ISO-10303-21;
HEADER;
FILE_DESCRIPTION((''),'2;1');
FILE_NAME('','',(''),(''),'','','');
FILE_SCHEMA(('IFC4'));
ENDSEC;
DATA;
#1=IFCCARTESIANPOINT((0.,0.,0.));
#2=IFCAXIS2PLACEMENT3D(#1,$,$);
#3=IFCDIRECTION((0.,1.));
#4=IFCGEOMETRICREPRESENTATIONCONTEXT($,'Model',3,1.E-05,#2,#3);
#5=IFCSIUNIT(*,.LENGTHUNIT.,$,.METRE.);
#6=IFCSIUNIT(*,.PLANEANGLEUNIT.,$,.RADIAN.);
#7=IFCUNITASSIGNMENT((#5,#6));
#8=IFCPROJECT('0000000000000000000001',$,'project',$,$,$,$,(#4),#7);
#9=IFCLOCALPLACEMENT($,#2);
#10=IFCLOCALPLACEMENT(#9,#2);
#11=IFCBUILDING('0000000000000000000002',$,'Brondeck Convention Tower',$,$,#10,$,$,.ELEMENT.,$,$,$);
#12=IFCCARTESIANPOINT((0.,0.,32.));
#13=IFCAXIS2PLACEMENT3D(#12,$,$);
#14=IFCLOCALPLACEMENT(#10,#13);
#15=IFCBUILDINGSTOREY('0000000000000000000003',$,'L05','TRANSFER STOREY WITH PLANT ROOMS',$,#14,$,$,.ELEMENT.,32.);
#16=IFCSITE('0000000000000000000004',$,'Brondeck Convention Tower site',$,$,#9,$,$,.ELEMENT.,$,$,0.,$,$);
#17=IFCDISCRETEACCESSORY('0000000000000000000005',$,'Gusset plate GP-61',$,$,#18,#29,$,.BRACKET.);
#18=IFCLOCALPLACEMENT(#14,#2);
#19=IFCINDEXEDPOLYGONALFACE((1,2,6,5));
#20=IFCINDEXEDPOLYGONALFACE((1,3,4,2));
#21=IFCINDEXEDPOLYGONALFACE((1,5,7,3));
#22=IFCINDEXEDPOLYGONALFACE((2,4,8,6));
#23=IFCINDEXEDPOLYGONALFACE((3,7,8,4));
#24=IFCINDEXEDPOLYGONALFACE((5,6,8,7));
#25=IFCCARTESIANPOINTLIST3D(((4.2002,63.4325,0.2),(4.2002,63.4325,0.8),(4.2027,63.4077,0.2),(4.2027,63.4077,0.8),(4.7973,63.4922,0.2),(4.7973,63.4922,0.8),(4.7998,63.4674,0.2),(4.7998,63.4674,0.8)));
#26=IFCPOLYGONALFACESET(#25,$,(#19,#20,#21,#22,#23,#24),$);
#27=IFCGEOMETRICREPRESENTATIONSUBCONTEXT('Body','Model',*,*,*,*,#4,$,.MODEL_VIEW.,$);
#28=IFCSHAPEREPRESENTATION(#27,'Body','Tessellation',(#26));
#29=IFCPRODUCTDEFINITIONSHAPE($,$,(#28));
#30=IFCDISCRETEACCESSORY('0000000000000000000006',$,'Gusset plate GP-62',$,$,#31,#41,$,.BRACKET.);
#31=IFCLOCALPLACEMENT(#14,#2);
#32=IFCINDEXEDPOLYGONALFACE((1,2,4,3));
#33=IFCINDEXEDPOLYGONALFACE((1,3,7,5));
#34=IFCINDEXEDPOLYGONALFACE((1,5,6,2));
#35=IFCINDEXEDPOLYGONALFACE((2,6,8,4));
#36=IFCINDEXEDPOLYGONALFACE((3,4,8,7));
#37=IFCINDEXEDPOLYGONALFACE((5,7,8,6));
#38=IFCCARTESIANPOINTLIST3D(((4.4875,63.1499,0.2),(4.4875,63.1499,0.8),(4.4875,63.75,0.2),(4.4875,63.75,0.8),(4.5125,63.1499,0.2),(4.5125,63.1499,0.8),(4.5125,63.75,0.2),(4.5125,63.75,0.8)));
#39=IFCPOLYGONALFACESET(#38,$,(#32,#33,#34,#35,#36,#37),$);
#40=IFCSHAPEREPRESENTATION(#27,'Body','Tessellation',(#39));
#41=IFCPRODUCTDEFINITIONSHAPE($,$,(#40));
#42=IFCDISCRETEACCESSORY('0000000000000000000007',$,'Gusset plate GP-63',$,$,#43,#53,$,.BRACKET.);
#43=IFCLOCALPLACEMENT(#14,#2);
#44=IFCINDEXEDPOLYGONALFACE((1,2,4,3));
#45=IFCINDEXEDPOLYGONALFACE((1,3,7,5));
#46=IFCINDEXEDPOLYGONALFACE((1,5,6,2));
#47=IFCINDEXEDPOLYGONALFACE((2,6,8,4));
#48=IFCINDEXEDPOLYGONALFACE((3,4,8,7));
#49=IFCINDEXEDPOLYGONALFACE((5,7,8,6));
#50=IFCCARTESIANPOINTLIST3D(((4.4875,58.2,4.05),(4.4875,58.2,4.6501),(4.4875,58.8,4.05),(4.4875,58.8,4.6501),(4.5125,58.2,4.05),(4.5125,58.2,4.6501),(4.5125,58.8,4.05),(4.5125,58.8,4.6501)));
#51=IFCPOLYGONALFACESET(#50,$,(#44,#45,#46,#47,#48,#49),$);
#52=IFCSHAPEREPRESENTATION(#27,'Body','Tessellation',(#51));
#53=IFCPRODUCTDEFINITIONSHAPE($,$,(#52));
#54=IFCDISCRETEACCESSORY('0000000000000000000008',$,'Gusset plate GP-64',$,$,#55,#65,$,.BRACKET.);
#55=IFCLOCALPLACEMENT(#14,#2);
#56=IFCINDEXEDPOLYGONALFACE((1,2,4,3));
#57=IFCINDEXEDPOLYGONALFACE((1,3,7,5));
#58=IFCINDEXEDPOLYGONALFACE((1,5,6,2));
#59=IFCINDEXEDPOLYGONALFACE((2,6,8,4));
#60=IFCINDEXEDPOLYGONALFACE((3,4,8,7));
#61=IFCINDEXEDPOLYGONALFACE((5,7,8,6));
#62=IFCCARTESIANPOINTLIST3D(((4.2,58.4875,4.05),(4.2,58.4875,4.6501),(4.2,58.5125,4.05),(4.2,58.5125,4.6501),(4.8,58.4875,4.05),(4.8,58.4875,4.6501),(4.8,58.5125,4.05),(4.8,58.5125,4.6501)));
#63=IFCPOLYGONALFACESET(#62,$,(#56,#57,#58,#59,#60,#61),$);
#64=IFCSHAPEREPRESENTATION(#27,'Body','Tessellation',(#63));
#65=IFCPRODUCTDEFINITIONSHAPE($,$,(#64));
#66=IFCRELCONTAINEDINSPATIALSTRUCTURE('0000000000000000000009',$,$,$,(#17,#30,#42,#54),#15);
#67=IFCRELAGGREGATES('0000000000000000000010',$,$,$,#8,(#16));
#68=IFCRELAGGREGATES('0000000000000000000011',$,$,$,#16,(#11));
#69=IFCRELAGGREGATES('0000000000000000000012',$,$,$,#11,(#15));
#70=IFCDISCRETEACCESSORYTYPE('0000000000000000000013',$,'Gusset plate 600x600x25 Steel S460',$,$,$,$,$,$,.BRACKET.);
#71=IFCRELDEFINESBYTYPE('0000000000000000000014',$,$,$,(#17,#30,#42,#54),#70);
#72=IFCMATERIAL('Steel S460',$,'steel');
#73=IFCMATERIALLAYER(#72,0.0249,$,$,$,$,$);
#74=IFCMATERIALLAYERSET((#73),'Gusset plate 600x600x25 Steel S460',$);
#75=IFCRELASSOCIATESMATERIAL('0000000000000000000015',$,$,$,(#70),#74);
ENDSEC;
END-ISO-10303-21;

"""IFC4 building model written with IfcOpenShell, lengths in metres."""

from ifc_helpers import new_model, si_unit, direction, frame, origin, origin_2d, place, context, subcontext, project, spatial, rectangle, extrude, material, layer, layer_set, type_object, element, save


model = new_model("IFC4")

# Units and contexts
model_context = context("Model", 3, precision=1e-05, world=origin(), true_north=direction((0.0, 1.0)))
body_context = subcontext(model_context, "Body", "Model", "MODEL_VIEW")
ifc_project = project(units=[si_unit("LENGTHUNIT", "METRE"), si_unit("PLANEANGLEUNIT", "RADIAN")], contexts=[model_context])

# Site, building, storey
site_placement = place(None, origin())
site = spatial("IfcSite", under=ifc_project, at=site_placement, Name="Brondeck Convention Tower site", CompositionType="ELEMENT", RefElevation=0.0)
building_placement = place(site_placement, origin())
building = spatial("IfcBuilding", under=site, at=building_placement, Name="Brondeck Convention Tower", CompositionType="ELEMENT")
storey_placement = place(building_placement, frame((0.0, 0.0, 32.0)))
storey = spatial("IfcBuildingStorey", under=building, at=storey_placement, Name="L05", Description="TRANSFER STOREY WITH PLANT ROOMS", CompositionType="ELEMENT", Elevation=32.0)

# Shared definitions
ifc_material_1 = material(Name="Steel S460", Category="steel")

# Discrete accessories
ifc_layer_1 = layer(ifc_material_1, 0.0249)
ifc_layer_set_1 = layer_set([ifc_layer_1], Name="Gusset plate 600x600x25 Steel S460")
discrete_accessory_type = type_object("IfcDiscreteAccessoryType", Name="Gusset plate 600x600x25 Steel S460", PredefinedType="BRACKET", material=ifc_layer_set_1)
for number, where, z_axis, x_axis, name in (
    (1, (4.5, 63.45, 0.2), (0.0, 0.0, 1.0), (0.995036, 0.099511, 0.0), "Gusset plate GP-61"),
    (2, (4.5, 63.45, 0.2), (0.0, 0.0, 1.0), (0.0, 1.0, 0.0), "Gusset plate GP-62"),
    (3, (4.5, 58.5, 4.05), (0.0, 0.0, 1.0), (0.0, 1.0, 0.0), "Gusset plate GP-63"),
    (4, (4.5, 58.5, 4.05), (0.0, 0.0, 1.0), (1.0, 0.0, 0.0), "Gusset plate GP-64"),
):
    element("IfcDiscreteAccessory", number, at=place(storey_placement, frame(where, z_axis=z_axis, x_axis=x_axis)), inside=storey, type_object=discrete_accessory_type, Name=name, PredefinedType="BRACKET", context=body_context, shape_type="SweptSolid", body=[
        extrude(rectangle(XDim=0.6001, YDim=0.0249, at=origin_2d()), origin(), (0.0, 0.0, 1.0), 0.6001),
    ])

save(model, "model.ifc")
